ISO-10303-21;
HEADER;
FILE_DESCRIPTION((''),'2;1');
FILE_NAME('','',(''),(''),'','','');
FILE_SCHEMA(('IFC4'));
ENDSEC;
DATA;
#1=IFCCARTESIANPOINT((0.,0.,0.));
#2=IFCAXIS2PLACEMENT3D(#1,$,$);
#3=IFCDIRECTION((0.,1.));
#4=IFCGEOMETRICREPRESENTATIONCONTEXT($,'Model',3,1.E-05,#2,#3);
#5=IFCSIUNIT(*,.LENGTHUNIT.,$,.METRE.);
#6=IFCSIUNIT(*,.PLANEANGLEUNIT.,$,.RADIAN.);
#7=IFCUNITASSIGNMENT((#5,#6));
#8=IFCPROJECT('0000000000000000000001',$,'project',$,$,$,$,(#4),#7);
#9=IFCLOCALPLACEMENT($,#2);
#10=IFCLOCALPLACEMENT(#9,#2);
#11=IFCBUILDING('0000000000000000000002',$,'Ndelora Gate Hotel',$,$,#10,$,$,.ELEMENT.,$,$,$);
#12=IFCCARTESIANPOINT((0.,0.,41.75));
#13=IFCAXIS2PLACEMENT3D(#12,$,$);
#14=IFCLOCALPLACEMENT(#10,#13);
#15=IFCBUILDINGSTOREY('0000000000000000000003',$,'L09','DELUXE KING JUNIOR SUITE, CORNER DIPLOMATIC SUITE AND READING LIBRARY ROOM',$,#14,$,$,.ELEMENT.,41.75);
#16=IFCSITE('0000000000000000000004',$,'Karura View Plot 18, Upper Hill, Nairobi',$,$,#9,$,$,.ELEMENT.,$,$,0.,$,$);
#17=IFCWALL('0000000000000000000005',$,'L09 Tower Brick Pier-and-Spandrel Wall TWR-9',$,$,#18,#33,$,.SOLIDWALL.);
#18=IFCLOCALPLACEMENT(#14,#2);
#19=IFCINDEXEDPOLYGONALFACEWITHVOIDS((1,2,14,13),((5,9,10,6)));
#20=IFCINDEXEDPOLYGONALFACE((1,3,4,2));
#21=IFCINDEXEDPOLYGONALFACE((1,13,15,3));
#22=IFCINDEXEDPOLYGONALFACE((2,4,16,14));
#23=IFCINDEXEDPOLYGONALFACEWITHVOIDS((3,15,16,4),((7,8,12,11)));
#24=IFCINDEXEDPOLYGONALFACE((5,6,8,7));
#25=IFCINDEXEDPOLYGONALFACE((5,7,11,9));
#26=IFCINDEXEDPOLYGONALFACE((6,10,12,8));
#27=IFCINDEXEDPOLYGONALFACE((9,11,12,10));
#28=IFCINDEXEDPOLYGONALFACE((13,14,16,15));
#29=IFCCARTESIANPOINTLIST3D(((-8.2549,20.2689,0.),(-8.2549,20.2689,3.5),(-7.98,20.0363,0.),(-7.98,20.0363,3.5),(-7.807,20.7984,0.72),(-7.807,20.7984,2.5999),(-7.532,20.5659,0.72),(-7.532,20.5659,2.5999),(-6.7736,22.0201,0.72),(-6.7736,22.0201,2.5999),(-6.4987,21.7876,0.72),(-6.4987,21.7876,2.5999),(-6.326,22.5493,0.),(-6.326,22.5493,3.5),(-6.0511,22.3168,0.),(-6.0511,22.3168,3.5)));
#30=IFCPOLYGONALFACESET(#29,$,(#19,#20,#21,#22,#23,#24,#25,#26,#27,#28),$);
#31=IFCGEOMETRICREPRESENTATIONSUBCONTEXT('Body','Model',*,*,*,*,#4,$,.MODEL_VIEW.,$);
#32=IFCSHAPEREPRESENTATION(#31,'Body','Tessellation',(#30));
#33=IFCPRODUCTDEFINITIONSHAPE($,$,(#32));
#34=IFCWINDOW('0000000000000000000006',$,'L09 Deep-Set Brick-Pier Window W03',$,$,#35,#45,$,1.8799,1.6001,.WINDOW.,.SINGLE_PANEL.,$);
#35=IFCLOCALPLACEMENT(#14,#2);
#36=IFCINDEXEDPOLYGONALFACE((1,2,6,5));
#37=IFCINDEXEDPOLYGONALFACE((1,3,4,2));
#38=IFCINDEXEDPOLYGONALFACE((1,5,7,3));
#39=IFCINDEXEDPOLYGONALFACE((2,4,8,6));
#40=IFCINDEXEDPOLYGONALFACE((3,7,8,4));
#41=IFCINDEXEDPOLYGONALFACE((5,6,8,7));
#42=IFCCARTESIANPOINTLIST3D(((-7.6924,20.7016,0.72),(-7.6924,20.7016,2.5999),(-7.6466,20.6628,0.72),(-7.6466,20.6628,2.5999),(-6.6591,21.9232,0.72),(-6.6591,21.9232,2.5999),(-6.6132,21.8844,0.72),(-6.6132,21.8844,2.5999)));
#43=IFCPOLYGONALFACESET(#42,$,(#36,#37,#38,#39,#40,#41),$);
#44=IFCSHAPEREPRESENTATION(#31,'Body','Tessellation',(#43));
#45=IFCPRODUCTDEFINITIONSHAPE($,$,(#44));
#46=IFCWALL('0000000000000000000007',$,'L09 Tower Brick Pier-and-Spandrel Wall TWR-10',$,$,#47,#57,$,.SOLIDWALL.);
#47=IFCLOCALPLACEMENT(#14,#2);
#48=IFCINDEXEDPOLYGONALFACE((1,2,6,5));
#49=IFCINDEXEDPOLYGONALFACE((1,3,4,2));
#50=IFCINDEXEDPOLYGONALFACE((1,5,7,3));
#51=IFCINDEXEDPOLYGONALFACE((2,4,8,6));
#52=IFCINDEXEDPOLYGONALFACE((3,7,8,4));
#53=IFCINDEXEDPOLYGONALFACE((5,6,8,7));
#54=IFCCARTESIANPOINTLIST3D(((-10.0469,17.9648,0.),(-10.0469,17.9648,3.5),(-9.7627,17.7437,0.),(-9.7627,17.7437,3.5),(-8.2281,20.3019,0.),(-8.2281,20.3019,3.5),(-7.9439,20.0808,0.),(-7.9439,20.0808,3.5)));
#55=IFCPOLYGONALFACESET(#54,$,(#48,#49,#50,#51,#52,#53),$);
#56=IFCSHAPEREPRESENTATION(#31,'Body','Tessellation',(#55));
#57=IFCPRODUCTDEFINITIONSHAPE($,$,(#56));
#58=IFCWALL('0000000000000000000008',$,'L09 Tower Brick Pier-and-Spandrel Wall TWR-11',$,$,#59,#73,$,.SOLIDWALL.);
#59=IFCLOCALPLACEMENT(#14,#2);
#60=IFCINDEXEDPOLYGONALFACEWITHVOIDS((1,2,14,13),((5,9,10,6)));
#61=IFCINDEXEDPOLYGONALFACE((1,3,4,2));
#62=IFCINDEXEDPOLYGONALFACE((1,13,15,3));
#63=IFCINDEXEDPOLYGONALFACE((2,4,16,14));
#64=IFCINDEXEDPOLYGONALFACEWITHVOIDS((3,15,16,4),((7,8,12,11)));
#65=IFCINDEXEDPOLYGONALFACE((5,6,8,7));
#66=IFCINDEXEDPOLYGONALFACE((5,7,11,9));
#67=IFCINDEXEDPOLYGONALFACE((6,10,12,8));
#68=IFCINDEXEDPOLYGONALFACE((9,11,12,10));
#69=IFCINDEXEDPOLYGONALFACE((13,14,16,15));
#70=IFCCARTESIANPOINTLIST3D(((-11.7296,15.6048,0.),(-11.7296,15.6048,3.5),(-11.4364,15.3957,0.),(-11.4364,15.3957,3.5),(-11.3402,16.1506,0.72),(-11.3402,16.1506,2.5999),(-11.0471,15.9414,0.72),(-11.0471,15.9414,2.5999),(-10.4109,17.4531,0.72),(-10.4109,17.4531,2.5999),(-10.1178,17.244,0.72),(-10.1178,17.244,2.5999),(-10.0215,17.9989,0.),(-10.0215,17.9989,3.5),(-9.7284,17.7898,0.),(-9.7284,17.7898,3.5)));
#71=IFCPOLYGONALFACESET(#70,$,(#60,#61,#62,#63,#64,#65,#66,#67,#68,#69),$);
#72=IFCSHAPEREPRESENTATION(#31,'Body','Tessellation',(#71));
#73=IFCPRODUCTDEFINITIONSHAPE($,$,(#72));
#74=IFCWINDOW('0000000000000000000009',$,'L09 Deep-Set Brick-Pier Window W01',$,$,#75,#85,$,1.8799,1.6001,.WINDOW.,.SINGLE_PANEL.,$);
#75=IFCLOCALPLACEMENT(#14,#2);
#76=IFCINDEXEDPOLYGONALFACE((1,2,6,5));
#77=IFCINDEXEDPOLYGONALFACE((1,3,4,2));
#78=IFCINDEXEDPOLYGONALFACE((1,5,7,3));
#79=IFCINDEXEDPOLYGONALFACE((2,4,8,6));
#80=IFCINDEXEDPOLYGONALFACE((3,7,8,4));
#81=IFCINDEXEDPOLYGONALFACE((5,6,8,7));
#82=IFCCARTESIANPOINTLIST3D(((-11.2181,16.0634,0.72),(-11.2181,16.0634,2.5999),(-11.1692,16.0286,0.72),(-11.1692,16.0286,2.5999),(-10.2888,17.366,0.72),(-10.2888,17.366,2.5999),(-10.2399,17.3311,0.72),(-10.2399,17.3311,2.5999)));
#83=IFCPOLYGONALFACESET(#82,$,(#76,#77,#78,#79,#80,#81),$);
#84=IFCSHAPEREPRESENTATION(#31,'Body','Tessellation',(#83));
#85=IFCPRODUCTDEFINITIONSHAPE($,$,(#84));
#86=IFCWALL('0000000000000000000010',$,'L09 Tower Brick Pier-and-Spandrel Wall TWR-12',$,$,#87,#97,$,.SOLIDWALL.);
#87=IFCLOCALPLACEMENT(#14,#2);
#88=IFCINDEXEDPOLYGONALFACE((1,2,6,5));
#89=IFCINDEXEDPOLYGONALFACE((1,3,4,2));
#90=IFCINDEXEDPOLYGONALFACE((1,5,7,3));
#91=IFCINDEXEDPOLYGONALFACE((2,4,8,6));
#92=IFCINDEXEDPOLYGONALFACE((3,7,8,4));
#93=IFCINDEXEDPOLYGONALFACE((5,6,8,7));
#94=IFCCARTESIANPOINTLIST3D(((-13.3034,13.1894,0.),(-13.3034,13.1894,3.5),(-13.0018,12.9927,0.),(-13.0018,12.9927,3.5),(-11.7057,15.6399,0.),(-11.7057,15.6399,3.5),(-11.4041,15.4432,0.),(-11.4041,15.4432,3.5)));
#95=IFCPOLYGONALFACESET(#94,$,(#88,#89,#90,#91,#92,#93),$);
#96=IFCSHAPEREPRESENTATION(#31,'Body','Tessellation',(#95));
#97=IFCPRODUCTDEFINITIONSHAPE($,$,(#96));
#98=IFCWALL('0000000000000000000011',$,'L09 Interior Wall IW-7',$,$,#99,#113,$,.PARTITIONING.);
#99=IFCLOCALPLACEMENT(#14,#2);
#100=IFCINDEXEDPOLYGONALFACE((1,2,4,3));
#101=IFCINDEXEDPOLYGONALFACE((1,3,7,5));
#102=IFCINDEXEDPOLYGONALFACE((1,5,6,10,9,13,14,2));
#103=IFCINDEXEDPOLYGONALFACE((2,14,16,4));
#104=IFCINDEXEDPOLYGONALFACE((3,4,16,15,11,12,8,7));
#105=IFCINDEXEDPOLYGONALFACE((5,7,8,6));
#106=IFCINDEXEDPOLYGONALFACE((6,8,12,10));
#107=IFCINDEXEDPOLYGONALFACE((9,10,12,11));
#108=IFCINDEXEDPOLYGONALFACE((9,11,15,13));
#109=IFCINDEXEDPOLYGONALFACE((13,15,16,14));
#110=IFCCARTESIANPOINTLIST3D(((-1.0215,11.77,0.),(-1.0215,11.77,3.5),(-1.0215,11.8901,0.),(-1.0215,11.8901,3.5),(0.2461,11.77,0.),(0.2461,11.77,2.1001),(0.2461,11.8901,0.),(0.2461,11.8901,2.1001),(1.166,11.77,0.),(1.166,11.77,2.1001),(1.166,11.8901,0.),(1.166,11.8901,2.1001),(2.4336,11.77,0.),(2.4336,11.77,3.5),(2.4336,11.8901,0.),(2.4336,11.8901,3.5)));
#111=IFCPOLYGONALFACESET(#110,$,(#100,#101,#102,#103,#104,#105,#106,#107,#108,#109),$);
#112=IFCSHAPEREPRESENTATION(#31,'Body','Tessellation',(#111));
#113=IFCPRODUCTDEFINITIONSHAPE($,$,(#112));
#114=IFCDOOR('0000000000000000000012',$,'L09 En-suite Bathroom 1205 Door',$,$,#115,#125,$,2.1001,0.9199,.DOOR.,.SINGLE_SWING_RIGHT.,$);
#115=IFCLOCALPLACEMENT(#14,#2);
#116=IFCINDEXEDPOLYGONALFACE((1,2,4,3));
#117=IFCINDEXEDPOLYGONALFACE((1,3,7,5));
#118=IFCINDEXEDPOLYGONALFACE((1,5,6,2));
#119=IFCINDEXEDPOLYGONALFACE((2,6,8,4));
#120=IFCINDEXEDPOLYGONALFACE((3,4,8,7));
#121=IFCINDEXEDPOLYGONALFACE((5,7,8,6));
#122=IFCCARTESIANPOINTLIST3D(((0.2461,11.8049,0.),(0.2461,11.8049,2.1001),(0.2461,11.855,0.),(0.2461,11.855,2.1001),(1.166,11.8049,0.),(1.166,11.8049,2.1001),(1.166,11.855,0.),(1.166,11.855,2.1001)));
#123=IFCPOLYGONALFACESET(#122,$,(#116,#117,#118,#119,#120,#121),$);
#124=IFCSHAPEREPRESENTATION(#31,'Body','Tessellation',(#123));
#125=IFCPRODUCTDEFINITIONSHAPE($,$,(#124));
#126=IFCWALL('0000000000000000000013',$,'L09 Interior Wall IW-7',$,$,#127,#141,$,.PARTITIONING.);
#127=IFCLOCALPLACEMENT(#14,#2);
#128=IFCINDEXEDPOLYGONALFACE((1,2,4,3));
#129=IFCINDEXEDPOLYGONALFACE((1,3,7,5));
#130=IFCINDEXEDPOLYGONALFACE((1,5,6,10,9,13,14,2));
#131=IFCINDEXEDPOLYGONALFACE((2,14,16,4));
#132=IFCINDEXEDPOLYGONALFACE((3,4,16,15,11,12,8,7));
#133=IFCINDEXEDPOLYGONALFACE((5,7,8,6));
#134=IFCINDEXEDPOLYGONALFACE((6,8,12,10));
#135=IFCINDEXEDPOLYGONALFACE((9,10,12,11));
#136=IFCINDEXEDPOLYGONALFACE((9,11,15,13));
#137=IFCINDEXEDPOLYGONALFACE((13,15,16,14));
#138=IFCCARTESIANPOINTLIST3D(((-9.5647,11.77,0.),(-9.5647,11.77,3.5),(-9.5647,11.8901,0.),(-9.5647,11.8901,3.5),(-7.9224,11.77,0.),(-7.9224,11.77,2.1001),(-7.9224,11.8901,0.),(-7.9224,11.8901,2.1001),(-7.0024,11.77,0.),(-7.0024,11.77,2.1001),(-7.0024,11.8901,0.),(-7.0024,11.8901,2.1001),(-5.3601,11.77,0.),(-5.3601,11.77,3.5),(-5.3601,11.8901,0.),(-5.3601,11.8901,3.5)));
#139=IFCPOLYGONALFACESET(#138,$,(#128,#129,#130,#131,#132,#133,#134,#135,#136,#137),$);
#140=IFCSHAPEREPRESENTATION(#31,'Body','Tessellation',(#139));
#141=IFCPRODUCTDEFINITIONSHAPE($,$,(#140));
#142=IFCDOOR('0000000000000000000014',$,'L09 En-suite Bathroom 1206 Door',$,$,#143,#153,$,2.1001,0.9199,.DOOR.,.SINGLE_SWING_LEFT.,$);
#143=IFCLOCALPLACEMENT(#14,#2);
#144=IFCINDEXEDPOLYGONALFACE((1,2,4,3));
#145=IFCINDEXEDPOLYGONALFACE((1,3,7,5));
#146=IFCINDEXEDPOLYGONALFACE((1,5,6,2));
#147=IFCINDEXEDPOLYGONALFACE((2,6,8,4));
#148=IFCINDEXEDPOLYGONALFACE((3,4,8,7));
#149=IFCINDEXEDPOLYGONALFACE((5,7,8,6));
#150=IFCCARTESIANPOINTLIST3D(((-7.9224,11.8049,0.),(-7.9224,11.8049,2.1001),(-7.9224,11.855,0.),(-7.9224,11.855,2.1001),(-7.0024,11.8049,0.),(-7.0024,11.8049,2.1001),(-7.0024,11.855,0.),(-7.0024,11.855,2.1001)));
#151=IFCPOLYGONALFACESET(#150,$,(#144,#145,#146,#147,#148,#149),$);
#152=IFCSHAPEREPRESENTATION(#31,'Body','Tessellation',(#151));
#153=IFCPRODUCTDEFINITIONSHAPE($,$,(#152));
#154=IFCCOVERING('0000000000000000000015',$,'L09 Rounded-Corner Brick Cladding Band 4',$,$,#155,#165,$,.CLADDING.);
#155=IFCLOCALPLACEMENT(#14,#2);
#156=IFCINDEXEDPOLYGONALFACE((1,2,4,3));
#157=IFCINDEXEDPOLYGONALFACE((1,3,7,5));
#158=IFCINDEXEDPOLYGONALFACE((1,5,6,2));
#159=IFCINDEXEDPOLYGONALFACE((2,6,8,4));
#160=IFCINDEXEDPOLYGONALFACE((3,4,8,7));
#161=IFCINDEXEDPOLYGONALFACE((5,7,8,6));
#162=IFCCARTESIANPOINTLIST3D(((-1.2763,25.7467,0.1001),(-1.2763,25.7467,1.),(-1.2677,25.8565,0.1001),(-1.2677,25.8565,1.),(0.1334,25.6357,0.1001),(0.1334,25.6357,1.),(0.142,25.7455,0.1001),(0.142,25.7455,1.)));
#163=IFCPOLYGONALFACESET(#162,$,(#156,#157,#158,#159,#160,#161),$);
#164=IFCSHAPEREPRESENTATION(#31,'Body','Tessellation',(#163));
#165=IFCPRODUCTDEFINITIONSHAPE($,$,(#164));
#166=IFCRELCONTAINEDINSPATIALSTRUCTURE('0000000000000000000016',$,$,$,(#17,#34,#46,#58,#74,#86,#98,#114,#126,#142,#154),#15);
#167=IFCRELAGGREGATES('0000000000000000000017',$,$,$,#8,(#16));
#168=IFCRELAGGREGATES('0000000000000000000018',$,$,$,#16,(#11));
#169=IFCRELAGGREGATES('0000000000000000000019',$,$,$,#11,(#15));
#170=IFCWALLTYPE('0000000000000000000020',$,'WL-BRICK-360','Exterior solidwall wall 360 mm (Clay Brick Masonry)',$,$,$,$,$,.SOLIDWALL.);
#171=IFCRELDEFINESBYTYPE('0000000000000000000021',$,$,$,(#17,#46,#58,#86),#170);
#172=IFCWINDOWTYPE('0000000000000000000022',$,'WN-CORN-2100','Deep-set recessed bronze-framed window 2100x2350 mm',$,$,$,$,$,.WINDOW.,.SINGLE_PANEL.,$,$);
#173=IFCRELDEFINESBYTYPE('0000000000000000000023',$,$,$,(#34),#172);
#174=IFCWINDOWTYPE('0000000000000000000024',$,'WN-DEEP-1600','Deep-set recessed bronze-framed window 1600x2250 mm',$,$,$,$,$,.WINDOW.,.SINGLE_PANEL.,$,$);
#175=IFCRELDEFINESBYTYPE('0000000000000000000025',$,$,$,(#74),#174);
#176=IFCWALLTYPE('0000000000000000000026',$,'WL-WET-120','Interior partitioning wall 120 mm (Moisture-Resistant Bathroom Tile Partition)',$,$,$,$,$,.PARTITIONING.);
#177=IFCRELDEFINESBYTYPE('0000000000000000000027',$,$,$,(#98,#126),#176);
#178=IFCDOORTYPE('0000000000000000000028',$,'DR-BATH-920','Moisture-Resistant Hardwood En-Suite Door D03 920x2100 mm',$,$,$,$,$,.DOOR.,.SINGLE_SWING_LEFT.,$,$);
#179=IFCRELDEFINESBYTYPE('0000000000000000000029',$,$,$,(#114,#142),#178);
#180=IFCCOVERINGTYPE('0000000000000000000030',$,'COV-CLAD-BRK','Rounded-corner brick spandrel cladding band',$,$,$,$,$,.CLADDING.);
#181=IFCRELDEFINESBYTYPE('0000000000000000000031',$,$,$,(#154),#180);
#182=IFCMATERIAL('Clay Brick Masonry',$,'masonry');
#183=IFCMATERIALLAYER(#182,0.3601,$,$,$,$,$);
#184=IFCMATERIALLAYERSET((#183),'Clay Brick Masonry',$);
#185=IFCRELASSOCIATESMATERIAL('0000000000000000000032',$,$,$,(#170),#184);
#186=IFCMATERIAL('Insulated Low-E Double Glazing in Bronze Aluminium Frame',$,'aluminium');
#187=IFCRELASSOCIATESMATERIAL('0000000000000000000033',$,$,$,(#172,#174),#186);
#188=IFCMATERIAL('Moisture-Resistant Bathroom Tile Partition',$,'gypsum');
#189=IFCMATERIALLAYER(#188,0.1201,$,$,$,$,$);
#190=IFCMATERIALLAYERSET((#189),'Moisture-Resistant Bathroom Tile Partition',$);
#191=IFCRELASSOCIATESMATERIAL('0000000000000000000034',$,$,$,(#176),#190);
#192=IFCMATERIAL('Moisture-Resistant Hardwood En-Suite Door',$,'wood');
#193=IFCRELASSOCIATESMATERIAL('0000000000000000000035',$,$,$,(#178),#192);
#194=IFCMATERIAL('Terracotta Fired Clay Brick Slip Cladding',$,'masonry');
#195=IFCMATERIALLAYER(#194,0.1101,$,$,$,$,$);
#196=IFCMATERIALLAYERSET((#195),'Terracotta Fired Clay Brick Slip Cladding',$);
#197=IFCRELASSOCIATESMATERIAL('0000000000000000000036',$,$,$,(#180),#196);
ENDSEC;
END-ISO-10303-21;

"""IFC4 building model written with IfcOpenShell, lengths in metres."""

from ifc_helpers import new_model, si_unit, direction, frame, frame_2d, origin, origin_2d, place, context, subcontext, project, spatial, rectangle, extrude, material, layer, layer_set, type_object, element, fill, save


model = new_model("IFC4")

# Units and contexts
model_context = context("Model", 3, precision=1e-05, world=origin(), true_north=direction((0.0, 1.0)))
body_context = subcontext(model_context, "Body", "Model", "MODEL_VIEW")
ifc_project = project(units=[si_unit("LENGTHUNIT", "METRE"), si_unit("PLANEANGLEUNIT", "RADIAN")], contexts=[model_context])

# Site, building, storey
site_placement = place(None, origin())
site = spatial("IfcSite", under=ifc_project, at=site_placement, Name="Karura View Plot 18, Upper Hill, Nairobi", CompositionType="ELEMENT", RefElevation=0.0)
building_placement = place(site_placement, origin())
building = spatial("IfcBuilding", under=site, at=building_placement, Name="Ndelora Gate Hotel", CompositionType="ELEMENT")
storey_placement = place(building_placement, frame((0.0, 0.0, 41.75)))
storey = spatial("IfcBuildingStorey", under=building, at=storey_placement, Name="L09", Description="DELUXE KING JUNIOR SUITE, CORNER DIPLOMATIC SUITE AND READING LIBRARY ROOM", CompositionType="ELEMENT", Elevation=41.75)

# Shared definitions
ifc_material_1 = material(Name="Clay Brick Masonry", Category="masonry")
ifc_layer_1 = layer(ifc_material_1, 0.3601)
ifc_layer_set_1 = layer_set([ifc_layer_1], Name="Clay Brick Masonry")
wall_type_1 = type_object("IfcWallType", Name="WL-BRICK-360", Description="Exterior solidwall wall 360 mm (Clay Brick Masonry)", PredefinedType="SOLIDWALL", material=ifc_layer_set_1)

# Wall, opening, window
wall_1_placement = place(storey_placement, frame((-8.1174, 20.1526, 0.0), z_axis=(0.0, 0.0, 1.0), x_axis=(0.645803, 0.763504, 0.0)))
wall_1 = element("IfcWall", 1, at=wall_1_placement, inside=storey, type_object=wall_type_1, Name="L09 Tower Brick Pier-and-Spandrel Wall TWR-9", PredefinedType="SOLIDWALL", context=body_context, shape_type="SweptSolid", body=[
    extrude(rectangle(XDim=2.9868, YDim=0.3601, at=frame_2d((1.4934, 0.0))), origin(), (0.0, 0.0, 1.0), 3.5),
])
opening_1_placement = place(wall_1_placement, frame((0.6936, 0.0, 0.72)))
opening_1 = element("IfcOpeningElement", 2, at=opening_1_placement, cuts=wall_1, PredefinedType="OPENING", context=body_context, shape_type="SweptSolid", body=[
    extrude(rectangle(XDim=1.6001, YDim=1.8799, at=frame_2d((0.8, 0.9399))), frame((0.0, 0.1899, 0.0), z_axis=(0.0, -1.0, 0.0), x_axis=(1.0, 0.0, 0.0)), (0.0, 0.0, 1.0), 0.3801),
])
ifc_material_2 = material(Name="Insulated Low-E Double Glazing in Bronze Aluminium Frame", Category="aluminium")
window_type_1 = type_object("IfcWindowType", Name="WN-CORN-2100", Description="Deep-set recessed bronze-framed window 2100x2350 mm", PartitioningType="SINGLE_PANEL", PredefinedType="WINDOW", material=ifc_material_2)
window_1_placement = place(opening_1_placement, origin())
window_1 = element("IfcWindow", 3, at=window_1_placement, inside=storey, type_object=window_type_1, Name="L09 Deep-Set Brick-Pier Window W03", OverallHeight=1.8799, OverallWidth=1.6001, PartitioningType="SINGLE_PANEL", PredefinedType="WINDOW", context=body_context, shape_type="SweptSolid", body=[
    extrude(rectangle(XDim=1.6001, YDim=1.8799, at=frame_2d((0.8, 0.9399))), frame((0.0, 0.03, 0.0), z_axis=(0.0, -1.0, 0.0), x_axis=(1.0, 0.0, 0.0)), (0.0, 0.0, 1.0), 0.0601),
])
fill(opening_1, window_1)

# Wall
wall_2_placement = place(storey_placement, frame((-9.9048, 17.8542, 0.0), z_axis=(0.0, 0.0, 1.0), x_axis=(0.614163, 0.789179, 0.0)))
element("IfcWall", 4, at=wall_2_placement, inside=storey, type_object=wall_type_1, Name="L09 Tower Brick Pier-and-Spandrel Wall TWR-10", PredefinedType="SOLIDWALL", context=body_context, shape_type="SweptSolid", body=[
    extrude(rectangle(XDim=2.9614, YDim=0.3601, at=frame_2d((1.4807, 0.0))), origin(), (0.0, 0.0, 1.0), 3.5),
])

# Wall, opening, window
wall_3_placement = place(storey_placement, frame((-11.583, 15.5002, 0.0), z_axis=(0.0, 0.0, 1.0), x_axis=(0.580783, 0.814059, 0.0)))
wall_3 = element("IfcWall", 5, at=wall_3_placement, inside=storey, type_object=wall_type_1, Name="L09 Tower Brick Pier-and-Spandrel Wall TWR-11", PredefinedType="SOLIDWALL", context=body_context, shape_type="SweptSolid", body=[
    extrude(rectangle(XDim=2.9409, YDim=0.3601, at=frame_2d((1.4705, 0.0))), origin(), (0.0, 0.0, 1.0), 3.5),
])
opening_2_placement = place(wall_3_placement, frame((0.6704, 0.0, 0.72)))
opening_2 = element("IfcOpeningElement", 6, at=opening_2_placement, cuts=wall_3, PredefinedType="OPENING", context=body_context, shape_type="SweptSolid", body=[
    extrude(rectangle(XDim=1.6001, YDim=1.8799, at=frame_2d((0.8, 0.9399))), frame((0.0, 0.1899, 0.0), z_axis=(0.0, -1.0, 0.0), x_axis=(1.0, 0.0, 0.0)), (0.0, 0.0, 1.0), 0.3801),
])
window_type_2 = type_object("IfcWindowType", Name="WN-DEEP-1600", Description="Deep-set recessed bronze-framed window 1600x2250 mm", PartitioningType="SINGLE_PANEL", PredefinedType="WINDOW", material=ifc_material_2)
window_2_placement = place(opening_2_placement, origin())
window_2 = element("IfcWindow", 7, at=window_2_placement, inside=storey, type_object=window_type_2, Name="L09 Deep-Set Brick-Pier Window W01", OverallHeight=1.8799, OverallWidth=1.6001, PartitioningType="SINGLE_PANEL", PredefinedType="WINDOW", context=body_context, shape_type="SweptSolid", body=[
    extrude(rectangle(XDim=1.6001, YDim=1.8799, at=frame_2d((0.8, 0.9399))), frame((0.0, 0.03, 0.0), z_axis=(0.0, -1.0, 0.0), x_axis=(1.0, 0.0, 0.0)), (0.0, 0.0, 1.0), 0.0601),
])
fill(opening_2, window_2)

# Wall
wall_4_placement = place(storey_placement, frame((-13.1526, 13.0911, 0.0), z_axis=(0.0, 0.0, 1.0), x_axis=(0.546158, 0.837682, 0.0)))
element("IfcWall", 8, at=wall_4_placement, inside=storey, type_object=wall_type_1, Name="L09 Tower Brick Pier-and-Spandrel Wall TWR-12", PredefinedType="SOLIDWALL", context=body_context, shape_type="SweptSolid", body=[
    extrude(rectangle(XDim=2.9253, YDim=0.3601, at=frame_2d((1.4626, 0.0))), origin(), (0.0, 0.0, 1.0), 3.5),
])

# Walls, openings, doors
ifc_material_3 = material(Name="Moisture-Resistant Bathroom Tile Partition", Category="gypsum")
ifc_layer_2 = layer(ifc_material_3, 0.1201)
ifc_layer_set_2 = layer_set([ifc_layer_2], Name="Moisture-Resistant Bathroom Tile Partition")
wall_type_2 = type_object("IfcWallType", Name="WL-WET-120", Description="Interior partitioning wall 120 mm (Moisture-Resistant Bathroom Tile Partition)", PredefinedType="PARTITIONING", material=ifc_layer_set_2)
wall_5_placement = place(storey_placement, frame((-1.0215, 11.8301, 0.0), z_axis=(0.0, 0.0, 1.0), x_axis=(1.0, 0.0, 0.0)))
wall_5 = element("IfcWall", 9, at=wall_5_placement, inside=storey, type_object=wall_type_2, Name="L09 Interior Wall IW-7", PredefinedType="PARTITIONING", context=body_context, shape_type="SweptSolid", body=[
    extrude(rectangle(XDim=3.4551, YDim=0.1201, at=frame_2d((1.7275, 0.0))), origin(), (0.0, 0.0, 1.0), 3.5),
])
opening_3_placement = place(wall_5_placement, frame((1.2676, 0.0, 0.0)))
opening_3 = element("IfcOpeningElement", 10, at=opening_3_placement, cuts=wall_5, PredefinedType="OPENING", context=body_context, shape_type="SweptSolid", body=[
    extrude(rectangle(XDim=0.9199, YDim=2.1001, at=frame_2d((0.46, 1.05))), frame((0.0, 0.0701, 0.0), z_axis=(0.0, -1.0, 0.0), x_axis=(1.0, 0.0, 0.0)), (0.0, 0.0, 1.0), 0.1401),
])
ifc_material_4 = material(Name="Moisture-Resistant Hardwood En-Suite Door", Category="wood")
door_type = type_object("IfcDoorType", Name="DR-BATH-920", Description="Moisture-Resistant Hardwood En-Suite Door D03 920x2100 mm", OperationType="SINGLE_SWING_LEFT", PredefinedType="DOOR", material=ifc_material_4)
door_1_placement = place(opening_3_placement, origin())
door_1 = element("IfcDoor", 11, at=door_1_placement, inside=storey, type_object=door_type, Name="L09 En-suite Bathroom 1205 Door", OperationType="SINGLE_SWING_RIGHT", OverallHeight=2.1001, OverallWidth=0.9199, PredefinedType="DOOR", context=body_context, shape_type="SweptSolid", body=[
    extrude(rectangle(XDim=0.9199, YDim=2.1001, at=frame_2d((0.46, 1.05))), frame((0.0, 0.0249, 0.0), z_axis=(0.0, -1.0, 0.0), x_axis=(1.0, 0.0, 0.0)), (0.0, 0.0, 1.0), 0.05),
])
fill(opening_3, door_1)
wall_6_placement = place(storey_placement, frame((-9.5647, 11.8301, 0.0), z_axis=(0.0, 0.0, 1.0), x_axis=(1.0, 0.0, 0.0)))
wall_6 = element("IfcWall", 12, at=wall_6_placement, inside=storey, type_object=wall_type_2, Name="L09 Interior Wall IW-7", PredefinedType="PARTITIONING", context=body_context, shape_type="SweptSolid", body=[
    extrude(rectangle(XDim=4.2046, YDim=0.1201, at=frame_2d((2.1023, 0.0))), origin(), (0.0, 0.0, 1.0), 3.5),
])
opening_4_placement = place(wall_6_placement, frame((1.6423, 0.0, 0.0)))
opening_4 = element("IfcOpeningElement", 13, at=opening_4_placement, cuts=wall_6, PredefinedType="OPENING", context=body_context, shape_type="SweptSolid", body=[
    extrude(rectangle(XDim=0.9199, YDim=2.1001, at=frame_2d((0.46, 1.05))), frame((0.0, 0.0701, 0.0), z_axis=(0.0, -1.0, 0.0), x_axis=(1.0, 0.0, 0.0)), (0.0, 0.0, 1.0), 0.1401),
])
door_2_placement = place(opening_4_placement, origin())
door_2 = element("IfcDoor", 14, at=door_2_placement, inside=storey, type_object=door_type, Name="L09 En-suite Bathroom 1206 Door", OperationType="SINGLE_SWING_LEFT", OverallHeight=2.1001, OverallWidth=0.9199, PredefinedType="DOOR", context=body_context, shape_type="SweptSolid", body=[
    extrude(rectangle(XDim=0.9199, YDim=2.1001, at=frame_2d((0.46, 1.05))), frame((0.0, 0.0249, 0.0), z_axis=(0.0, -1.0, 0.0), x_axis=(1.0, 0.0, 0.0)), (0.0, 0.0, 1.0), 0.05),
])
fill(opening_4, door_2)

# Covering
ifc_material_5 = material(Name="Terracotta Fired Clay Brick Slip Cladding", Category="masonry")
ifc_layer_3 = layer(ifc_material_5, 0.1101)
ifc_layer_set_3 = layer_set([ifc_layer_3], Name="Terracotta Fired Clay Brick Slip Cladding")
covering_type_1 = type_object("IfcCoveringType", Name="COV-CLAD-BRK", Description="Rounded-corner brick spandrel cladding band", PredefinedType="CLADDING", material=ifc_layer_set_3)
for number, where, z_axis, x_axis, name in (
    (15, (-0.5671, 25.7461, 0.1001), (0.0, 0.0, 1.0), (-0.996917, 0.078459, 0.0), "L09 Rounded-Corner Brick Cladding Band 4"),
):
    element("IfcCovering", number, at=place(storey_placement, frame(where, z_axis=z_axis, x_axis=x_axis)), inside=storey, type_object=covering_type_1, Name=name, PredefinedType="CLADDING", context=body_context, shape_type="SweptSolid", body=[
        extrude(rectangle(XDim=1.4141, YDim=0.1101, at=origin_2d()), origin(), (0.0, 0.0, 1.0), 0.8999),
    ])

save(model, "model.ifc")
